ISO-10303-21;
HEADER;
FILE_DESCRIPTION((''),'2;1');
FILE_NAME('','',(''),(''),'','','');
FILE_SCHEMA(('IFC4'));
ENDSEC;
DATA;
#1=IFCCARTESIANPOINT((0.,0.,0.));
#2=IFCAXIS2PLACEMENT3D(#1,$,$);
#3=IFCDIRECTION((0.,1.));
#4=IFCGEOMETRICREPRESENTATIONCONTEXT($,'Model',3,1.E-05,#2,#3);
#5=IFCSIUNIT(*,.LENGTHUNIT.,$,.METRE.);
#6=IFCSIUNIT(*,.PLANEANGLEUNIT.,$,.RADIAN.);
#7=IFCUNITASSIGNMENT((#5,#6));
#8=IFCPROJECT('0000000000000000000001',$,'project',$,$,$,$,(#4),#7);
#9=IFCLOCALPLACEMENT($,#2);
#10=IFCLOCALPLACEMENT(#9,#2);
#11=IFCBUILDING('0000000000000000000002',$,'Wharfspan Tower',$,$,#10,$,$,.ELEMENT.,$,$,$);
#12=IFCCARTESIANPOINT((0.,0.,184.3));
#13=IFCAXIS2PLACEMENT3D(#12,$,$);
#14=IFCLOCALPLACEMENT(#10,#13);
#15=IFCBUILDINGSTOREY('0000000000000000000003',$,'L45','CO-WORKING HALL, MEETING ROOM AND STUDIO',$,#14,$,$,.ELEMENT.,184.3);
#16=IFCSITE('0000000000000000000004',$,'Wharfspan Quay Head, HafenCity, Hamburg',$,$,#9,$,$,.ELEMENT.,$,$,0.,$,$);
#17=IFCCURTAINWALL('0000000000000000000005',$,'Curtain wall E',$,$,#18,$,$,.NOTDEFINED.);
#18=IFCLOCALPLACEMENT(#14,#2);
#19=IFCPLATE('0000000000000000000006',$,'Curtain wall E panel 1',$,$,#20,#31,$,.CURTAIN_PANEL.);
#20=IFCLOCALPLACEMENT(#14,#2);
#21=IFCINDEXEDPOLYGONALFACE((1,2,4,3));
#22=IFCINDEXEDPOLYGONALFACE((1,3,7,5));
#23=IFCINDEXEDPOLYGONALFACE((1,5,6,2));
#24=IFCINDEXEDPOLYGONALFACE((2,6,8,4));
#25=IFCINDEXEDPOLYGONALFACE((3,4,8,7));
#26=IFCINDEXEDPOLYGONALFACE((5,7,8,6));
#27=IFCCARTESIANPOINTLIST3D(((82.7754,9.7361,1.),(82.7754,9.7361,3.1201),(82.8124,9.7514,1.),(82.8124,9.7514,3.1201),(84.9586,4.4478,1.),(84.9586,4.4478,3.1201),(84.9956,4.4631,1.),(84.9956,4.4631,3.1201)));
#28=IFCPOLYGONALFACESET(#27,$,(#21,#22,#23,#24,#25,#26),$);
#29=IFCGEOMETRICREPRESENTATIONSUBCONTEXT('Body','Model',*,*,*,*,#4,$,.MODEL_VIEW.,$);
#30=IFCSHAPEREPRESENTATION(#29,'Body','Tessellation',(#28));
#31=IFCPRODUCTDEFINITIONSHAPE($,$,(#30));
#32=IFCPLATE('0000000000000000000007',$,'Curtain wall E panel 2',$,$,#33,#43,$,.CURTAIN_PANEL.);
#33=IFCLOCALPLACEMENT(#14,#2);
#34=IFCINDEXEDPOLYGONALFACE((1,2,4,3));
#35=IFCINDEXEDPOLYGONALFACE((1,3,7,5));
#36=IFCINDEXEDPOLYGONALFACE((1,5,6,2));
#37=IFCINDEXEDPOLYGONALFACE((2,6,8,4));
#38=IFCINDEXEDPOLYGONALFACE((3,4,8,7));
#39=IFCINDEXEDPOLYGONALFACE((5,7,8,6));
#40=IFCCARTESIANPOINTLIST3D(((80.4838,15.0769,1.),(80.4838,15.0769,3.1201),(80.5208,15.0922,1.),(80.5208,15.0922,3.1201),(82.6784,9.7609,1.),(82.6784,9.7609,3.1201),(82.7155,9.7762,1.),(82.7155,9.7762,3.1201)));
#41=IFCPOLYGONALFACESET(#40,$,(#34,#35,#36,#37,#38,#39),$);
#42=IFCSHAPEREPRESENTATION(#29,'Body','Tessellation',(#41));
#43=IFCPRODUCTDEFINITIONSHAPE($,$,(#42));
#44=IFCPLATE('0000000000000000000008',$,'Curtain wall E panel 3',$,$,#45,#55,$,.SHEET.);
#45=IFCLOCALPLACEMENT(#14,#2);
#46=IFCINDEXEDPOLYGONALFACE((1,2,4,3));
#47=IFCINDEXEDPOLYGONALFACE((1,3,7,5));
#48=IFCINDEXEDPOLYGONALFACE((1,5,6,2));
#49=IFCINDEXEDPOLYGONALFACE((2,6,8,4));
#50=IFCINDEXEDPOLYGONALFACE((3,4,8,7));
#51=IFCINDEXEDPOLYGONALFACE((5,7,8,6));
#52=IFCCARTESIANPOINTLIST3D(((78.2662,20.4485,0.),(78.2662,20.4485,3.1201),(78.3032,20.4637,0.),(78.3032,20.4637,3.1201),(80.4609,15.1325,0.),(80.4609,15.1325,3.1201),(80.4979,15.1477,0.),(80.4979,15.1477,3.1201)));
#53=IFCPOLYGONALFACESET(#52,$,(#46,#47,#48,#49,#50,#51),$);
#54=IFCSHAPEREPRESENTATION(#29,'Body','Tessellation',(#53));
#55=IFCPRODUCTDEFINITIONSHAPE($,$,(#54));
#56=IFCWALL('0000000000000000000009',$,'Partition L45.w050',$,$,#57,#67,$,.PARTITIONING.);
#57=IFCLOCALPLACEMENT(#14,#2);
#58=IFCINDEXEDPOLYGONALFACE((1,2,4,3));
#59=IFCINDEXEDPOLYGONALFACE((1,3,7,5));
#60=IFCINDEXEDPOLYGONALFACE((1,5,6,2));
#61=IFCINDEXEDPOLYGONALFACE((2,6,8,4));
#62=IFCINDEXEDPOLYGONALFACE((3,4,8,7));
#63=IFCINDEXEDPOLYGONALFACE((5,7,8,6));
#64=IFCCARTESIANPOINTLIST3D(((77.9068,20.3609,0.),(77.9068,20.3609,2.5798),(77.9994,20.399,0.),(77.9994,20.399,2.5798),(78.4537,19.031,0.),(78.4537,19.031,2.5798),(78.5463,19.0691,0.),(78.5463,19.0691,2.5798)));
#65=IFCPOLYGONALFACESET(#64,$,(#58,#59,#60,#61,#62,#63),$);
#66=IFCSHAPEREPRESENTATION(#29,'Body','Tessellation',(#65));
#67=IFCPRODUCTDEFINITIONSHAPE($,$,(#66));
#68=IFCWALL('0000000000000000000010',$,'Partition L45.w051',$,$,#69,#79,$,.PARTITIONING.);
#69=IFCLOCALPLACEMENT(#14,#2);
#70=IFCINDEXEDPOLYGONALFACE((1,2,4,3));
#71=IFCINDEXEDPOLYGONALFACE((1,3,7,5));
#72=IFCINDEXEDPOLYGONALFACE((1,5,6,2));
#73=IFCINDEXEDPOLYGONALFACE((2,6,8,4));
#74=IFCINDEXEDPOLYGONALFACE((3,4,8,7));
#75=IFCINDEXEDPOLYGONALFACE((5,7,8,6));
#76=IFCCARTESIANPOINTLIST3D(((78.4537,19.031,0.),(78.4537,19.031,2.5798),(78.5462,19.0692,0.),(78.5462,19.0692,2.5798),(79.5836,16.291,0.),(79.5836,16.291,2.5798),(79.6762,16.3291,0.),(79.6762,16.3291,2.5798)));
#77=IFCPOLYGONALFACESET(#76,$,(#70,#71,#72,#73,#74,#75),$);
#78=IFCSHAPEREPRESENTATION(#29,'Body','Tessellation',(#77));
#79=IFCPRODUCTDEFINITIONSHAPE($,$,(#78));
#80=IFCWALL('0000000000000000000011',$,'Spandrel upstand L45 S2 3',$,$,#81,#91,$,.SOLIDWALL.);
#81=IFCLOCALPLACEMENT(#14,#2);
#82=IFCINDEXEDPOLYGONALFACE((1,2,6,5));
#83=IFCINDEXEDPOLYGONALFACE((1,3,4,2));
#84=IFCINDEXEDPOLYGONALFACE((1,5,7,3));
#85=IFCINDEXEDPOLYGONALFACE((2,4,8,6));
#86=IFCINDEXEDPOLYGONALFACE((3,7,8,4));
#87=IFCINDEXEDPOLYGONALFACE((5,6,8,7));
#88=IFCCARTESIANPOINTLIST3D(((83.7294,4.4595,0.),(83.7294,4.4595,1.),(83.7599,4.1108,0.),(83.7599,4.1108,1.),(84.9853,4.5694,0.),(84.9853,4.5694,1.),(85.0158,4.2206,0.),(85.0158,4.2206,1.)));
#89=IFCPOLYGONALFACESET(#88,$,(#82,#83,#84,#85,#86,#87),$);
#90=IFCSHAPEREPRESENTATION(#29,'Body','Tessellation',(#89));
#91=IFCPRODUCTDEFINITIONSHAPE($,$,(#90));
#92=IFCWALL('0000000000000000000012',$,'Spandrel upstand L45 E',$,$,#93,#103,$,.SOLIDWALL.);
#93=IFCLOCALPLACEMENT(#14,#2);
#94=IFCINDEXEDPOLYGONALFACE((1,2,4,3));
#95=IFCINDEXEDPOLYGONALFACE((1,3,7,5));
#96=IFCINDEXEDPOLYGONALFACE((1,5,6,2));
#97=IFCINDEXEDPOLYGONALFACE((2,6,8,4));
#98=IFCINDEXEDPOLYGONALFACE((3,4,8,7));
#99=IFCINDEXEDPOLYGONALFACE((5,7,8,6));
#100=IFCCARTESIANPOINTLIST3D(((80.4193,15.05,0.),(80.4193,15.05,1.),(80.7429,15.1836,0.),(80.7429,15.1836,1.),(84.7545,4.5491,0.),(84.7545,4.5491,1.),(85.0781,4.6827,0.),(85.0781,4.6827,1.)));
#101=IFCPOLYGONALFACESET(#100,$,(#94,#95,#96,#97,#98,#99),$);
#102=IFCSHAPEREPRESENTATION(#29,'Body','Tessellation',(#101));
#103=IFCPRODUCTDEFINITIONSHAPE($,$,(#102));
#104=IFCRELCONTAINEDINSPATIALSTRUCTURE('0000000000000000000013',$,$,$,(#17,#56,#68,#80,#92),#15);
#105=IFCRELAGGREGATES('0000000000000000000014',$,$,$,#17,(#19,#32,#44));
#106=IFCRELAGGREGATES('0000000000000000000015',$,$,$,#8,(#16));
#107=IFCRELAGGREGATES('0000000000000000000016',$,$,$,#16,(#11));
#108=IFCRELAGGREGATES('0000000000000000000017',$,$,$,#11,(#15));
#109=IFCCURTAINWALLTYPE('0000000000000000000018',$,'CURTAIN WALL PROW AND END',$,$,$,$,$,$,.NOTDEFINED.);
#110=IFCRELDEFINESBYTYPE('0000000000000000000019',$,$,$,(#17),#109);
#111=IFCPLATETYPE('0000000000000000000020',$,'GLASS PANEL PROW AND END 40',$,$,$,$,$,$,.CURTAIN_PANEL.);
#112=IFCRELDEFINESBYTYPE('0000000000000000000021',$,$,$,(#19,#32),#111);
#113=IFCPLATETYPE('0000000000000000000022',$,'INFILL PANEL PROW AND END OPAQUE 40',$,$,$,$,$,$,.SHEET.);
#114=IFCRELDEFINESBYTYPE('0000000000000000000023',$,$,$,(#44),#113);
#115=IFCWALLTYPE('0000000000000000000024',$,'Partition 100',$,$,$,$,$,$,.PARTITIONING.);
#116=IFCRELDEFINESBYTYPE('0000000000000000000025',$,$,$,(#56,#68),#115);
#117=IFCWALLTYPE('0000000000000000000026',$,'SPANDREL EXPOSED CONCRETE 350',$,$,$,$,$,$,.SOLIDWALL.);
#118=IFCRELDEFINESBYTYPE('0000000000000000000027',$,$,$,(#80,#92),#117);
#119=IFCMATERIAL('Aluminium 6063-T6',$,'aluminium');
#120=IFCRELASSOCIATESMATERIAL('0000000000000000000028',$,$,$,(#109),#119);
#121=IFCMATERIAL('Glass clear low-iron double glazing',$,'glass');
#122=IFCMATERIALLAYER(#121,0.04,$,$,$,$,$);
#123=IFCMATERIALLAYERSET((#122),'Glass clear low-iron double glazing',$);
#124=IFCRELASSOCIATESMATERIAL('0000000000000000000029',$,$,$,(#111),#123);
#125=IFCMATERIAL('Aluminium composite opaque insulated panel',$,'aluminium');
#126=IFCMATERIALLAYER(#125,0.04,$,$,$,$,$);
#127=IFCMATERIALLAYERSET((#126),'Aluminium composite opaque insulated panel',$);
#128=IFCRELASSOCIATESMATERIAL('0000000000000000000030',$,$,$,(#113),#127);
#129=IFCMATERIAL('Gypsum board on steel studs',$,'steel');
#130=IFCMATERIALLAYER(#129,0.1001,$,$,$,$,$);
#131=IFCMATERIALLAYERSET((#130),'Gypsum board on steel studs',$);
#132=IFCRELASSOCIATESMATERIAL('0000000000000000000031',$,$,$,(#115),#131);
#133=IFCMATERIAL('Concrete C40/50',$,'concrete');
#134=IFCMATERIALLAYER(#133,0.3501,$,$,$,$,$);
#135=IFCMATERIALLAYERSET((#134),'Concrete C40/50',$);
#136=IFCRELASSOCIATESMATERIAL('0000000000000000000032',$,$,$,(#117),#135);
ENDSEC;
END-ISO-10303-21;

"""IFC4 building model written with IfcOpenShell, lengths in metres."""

from ifc_helpers import new_model, si_unit, direction, frame, frame_2d, origin, origin_2d, place, context, subcontext, project, spatial, rectangle, extrude, material, layer, layer_set, type_object, element, aggregate, save


model = new_model("IFC4")

# Units and contexts
model_context = context("Model", 3, precision=1e-05, world=origin(), true_north=direction((0.0, 1.0)))
body_context = subcontext(model_context, "Body", "Model", "MODEL_VIEW")
ifc_project = project(units=[si_unit("LENGTHUNIT", "METRE"), si_unit("PLANEANGLEUNIT", "RADIAN")], contexts=[model_context])

# Site, building, storey
site_placement = place(None, origin())
site = spatial("IfcSite", under=ifc_project, at=site_placement, Name="Wharfspan Quay Head, HafenCity, Hamburg", CompositionType="ELEMENT", RefElevation=0.0)
building_placement = place(site_placement, origin())
building = spatial("IfcBuilding", under=site, at=building_placement, Name="Wharfspan Tower", CompositionType="ELEMENT")
storey_placement = place(building_placement, frame((0.0, 0.0, 184.3)))
storey = spatial("IfcBuildingStorey", under=building, at=storey_placement, Name="L45", Description="CO-WORKING HALL, MEETING ROOM AND STUDIO", CompositionType="ELEMENT", Elevation=184.3)

# Curtain wall
ifc_material_1 = material(Name="Aluminium 6063-T6", Category="aluminium")
curtain_wall_type_1 = type_object("IfcCurtainWallType", Name="CURTAIN WALL PROW AND END", PredefinedType="NOTDEFINED", material=ifc_material_1)
curtain_wall_1_placement = place(storey_placement, origin())
curtain_wall_1 = element("IfcCurtainWall", 1, at=curtain_wall_1_placement, inside=storey, type_object=curtain_wall_type_1, Name="Curtain wall E", PredefinedType="NOTDEFINED")

# Plates
ifc_material_2 = material(Name="Glass clear low-iron double glazing", Category="glass")
ifc_layer_1 = layer(ifc_material_2, 0.04)
ifc_layer_set_1 = layer_set([ifc_layer_1], Name="Glass clear low-iron double glazing")
plate_type_1 = type_object("IfcPlateType", Name="GLASS PANEL PROW AND END 40", PredefinedType="CURTAIN_PANEL", material=ifc_layer_set_1)
plate_1_placement = place(storey_placement, frame((83.8855, 7.0996, 1.0), z_axis=(0.0, 0.0, 1.0), x_axis=(-0.381602, 0.924325, 0.0)))
plate_1 = element("IfcPlate", 2, at=plate_1_placement, type_object=plate_type_1, Name="Curtain wall E panel 1", PredefinedType="CURTAIN_PANEL", context=body_context, shape_type="SweptSolid", body=[
    extrude(rectangle(XDim=5.7212, YDim=0.04, at=origin_2d()), origin(), (0.0, 0.0, 1.0), 2.1201),
])
plate_2_placement = place(storey_placement, frame((81.5996, 12.4265, 1.0), z_axis=(0.0, 0.0, 1.0), x_axis=(-0.381602, 0.924325, 0.0)))
plate_2 = element("IfcPlate", 3, at=plate_2_placement, type_object=plate_type_1, Name="Curtain wall E panel 2", PredefinedType="CURTAIN_PANEL", context=body_context, shape_type="SweptSolid", body=[
    extrude(rectangle(XDim=5.7512, YDim=0.04, at=origin_2d()), origin(), (0.0, 0.0, 1.0), 2.1201),
])
ifc_material_3 = material(Name="Aluminium composite opaque insulated panel", Category="aluminium")
ifc_layer_2 = layer(ifc_material_3, 0.04)
ifc_layer_set_2 = layer_set([ifc_layer_2], Name="Aluminium composite opaque insulated panel")
plate_type_2 = type_object("IfcPlateType", Name="INFILL PANEL PROW AND END OPAQUE 40", PredefinedType="SHEET", material=ifc_layer_set_2)
plate_3_placement = place(storey_placement, frame((79.3821, 17.7981, 0.0), z_axis=(0.0, 0.0, 1.0), x_axis=(-0.381602, 0.924325, 0.0)))
plate_3 = element("IfcPlate", 4, at=plate_3_placement, type_object=plate_type_2, Name="Curtain wall E panel 3", PredefinedType="SHEET", context=body_context, shape_type="SweptSolid", body=[
    extrude(rectangle(XDim=5.7512, YDim=0.04, at=origin_2d()), origin(), (0.0, 0.0, 1.0), 3.1201),
])
aggregate(curtain_wall_1, [plate_1, plate_2, plate_3])

# Walls
ifc_material_4 = material(Name="Gypsum board on steel studs", Category="steel")
ifc_layer_3 = layer(ifc_material_4, 0.1001)
ifc_layer_set_3 = layer_set([ifc_layer_3], Name="Gypsum board on steel studs")
wall_type_1 = type_object("IfcWallType", Name="Partition 100", PredefinedType="PARTITIONING", material=ifc_layer_set_3)
wall_1_placement = place(storey_placement, frame((78.5, 19.05, 0.0), z_axis=(0.0, 0.0, 1.0), x_axis=(-0.380332, 0.924852, 0.0)))
element("IfcWall", 5, at=wall_1_placement, inside=storey, type_object=wall_type_1, Name="Partition L45.w050", PredefinedType="PARTITIONING", context=body_context, shape_type="SweptSolid", body=[
    extrude(rectangle(XDim=1.438, YDim=0.1001, at=frame_2d((0.719, 0.0))), origin(), (0.0, 0.0, 1.0), 2.5798),
])
wall_2_placement = place(storey_placement, frame((79.6299, 16.3101, 0.0), z_axis=(0.0, 0.0, 1.0), x_axis=(-0.381225, 0.924479, 0.0)))
element("IfcWall", 6, at=wall_2_placement, inside=storey, type_object=wall_type_1, Name="Partition L45.w051", PredefinedType="PARTITIONING", context=body_context, shape_type="SweptSolid", body=[
    extrude(rectangle(XDim=2.9639, YDim=0.1001, at=frame_2d((1.4819, 0.0))), origin(), (0.0, 0.0, 1.0), 2.5798),
])
ifc_material_5 = material(Name="Concrete C40/50", Category="concrete")
ifc_layer_4 = layer(ifc_material_5, 0.3501)
ifc_layer_set_4 = layer_set([ifc_layer_4], Name="Concrete C40/50")
wall_type_2 = type_object("IfcWallType", Name="SPANDREL EXPOSED CONCRETE 350", PredefinedType="SOLIDWALL", material=ifc_layer_set_4)
wall_3_placement = place(storey_placement, frame((83.7446, 4.2852, 0.0), z_axis=(0.0, 0.0, 1.0), x_axis=(0.996198, 0.087148, 0.0)))
element("IfcWall", 7, at=wall_3_placement, inside=storey, type_object=wall_type_2, Name="Spandrel upstand L45 S2 3", PredefinedType="SOLIDWALL", context=body_context, shape_type="SweptSolid", body=[
    extrude(rectangle(XDim=1.2607, YDim=0.3501, at=frame_2d((0.6304, 0.0))), origin(), (0.0, 0.0, 1.0), 1.0),
])
wall_4_placement = place(storey_placement, frame((84.9163, 4.616, 0.0), z_axis=(0.0, 0.0, 1.0), x_axis=(-0.381598, 0.924328, 0.0)))
element("IfcWall", 8, at=wall_4_placement, inside=storey, type_object=wall_type_2, Name="Spandrel upstand L45 E", PredefinedType="SOLIDWALL", context=body_context, shape_type="SweptSolid", body=[
    extrude(rectangle(XDim=11.3606, YDim=0.3501, at=frame_2d((5.6802, 0.0))), origin(), (0.0, 0.0, 1.0), 1.0),
])

save(model, "model.ifc")
